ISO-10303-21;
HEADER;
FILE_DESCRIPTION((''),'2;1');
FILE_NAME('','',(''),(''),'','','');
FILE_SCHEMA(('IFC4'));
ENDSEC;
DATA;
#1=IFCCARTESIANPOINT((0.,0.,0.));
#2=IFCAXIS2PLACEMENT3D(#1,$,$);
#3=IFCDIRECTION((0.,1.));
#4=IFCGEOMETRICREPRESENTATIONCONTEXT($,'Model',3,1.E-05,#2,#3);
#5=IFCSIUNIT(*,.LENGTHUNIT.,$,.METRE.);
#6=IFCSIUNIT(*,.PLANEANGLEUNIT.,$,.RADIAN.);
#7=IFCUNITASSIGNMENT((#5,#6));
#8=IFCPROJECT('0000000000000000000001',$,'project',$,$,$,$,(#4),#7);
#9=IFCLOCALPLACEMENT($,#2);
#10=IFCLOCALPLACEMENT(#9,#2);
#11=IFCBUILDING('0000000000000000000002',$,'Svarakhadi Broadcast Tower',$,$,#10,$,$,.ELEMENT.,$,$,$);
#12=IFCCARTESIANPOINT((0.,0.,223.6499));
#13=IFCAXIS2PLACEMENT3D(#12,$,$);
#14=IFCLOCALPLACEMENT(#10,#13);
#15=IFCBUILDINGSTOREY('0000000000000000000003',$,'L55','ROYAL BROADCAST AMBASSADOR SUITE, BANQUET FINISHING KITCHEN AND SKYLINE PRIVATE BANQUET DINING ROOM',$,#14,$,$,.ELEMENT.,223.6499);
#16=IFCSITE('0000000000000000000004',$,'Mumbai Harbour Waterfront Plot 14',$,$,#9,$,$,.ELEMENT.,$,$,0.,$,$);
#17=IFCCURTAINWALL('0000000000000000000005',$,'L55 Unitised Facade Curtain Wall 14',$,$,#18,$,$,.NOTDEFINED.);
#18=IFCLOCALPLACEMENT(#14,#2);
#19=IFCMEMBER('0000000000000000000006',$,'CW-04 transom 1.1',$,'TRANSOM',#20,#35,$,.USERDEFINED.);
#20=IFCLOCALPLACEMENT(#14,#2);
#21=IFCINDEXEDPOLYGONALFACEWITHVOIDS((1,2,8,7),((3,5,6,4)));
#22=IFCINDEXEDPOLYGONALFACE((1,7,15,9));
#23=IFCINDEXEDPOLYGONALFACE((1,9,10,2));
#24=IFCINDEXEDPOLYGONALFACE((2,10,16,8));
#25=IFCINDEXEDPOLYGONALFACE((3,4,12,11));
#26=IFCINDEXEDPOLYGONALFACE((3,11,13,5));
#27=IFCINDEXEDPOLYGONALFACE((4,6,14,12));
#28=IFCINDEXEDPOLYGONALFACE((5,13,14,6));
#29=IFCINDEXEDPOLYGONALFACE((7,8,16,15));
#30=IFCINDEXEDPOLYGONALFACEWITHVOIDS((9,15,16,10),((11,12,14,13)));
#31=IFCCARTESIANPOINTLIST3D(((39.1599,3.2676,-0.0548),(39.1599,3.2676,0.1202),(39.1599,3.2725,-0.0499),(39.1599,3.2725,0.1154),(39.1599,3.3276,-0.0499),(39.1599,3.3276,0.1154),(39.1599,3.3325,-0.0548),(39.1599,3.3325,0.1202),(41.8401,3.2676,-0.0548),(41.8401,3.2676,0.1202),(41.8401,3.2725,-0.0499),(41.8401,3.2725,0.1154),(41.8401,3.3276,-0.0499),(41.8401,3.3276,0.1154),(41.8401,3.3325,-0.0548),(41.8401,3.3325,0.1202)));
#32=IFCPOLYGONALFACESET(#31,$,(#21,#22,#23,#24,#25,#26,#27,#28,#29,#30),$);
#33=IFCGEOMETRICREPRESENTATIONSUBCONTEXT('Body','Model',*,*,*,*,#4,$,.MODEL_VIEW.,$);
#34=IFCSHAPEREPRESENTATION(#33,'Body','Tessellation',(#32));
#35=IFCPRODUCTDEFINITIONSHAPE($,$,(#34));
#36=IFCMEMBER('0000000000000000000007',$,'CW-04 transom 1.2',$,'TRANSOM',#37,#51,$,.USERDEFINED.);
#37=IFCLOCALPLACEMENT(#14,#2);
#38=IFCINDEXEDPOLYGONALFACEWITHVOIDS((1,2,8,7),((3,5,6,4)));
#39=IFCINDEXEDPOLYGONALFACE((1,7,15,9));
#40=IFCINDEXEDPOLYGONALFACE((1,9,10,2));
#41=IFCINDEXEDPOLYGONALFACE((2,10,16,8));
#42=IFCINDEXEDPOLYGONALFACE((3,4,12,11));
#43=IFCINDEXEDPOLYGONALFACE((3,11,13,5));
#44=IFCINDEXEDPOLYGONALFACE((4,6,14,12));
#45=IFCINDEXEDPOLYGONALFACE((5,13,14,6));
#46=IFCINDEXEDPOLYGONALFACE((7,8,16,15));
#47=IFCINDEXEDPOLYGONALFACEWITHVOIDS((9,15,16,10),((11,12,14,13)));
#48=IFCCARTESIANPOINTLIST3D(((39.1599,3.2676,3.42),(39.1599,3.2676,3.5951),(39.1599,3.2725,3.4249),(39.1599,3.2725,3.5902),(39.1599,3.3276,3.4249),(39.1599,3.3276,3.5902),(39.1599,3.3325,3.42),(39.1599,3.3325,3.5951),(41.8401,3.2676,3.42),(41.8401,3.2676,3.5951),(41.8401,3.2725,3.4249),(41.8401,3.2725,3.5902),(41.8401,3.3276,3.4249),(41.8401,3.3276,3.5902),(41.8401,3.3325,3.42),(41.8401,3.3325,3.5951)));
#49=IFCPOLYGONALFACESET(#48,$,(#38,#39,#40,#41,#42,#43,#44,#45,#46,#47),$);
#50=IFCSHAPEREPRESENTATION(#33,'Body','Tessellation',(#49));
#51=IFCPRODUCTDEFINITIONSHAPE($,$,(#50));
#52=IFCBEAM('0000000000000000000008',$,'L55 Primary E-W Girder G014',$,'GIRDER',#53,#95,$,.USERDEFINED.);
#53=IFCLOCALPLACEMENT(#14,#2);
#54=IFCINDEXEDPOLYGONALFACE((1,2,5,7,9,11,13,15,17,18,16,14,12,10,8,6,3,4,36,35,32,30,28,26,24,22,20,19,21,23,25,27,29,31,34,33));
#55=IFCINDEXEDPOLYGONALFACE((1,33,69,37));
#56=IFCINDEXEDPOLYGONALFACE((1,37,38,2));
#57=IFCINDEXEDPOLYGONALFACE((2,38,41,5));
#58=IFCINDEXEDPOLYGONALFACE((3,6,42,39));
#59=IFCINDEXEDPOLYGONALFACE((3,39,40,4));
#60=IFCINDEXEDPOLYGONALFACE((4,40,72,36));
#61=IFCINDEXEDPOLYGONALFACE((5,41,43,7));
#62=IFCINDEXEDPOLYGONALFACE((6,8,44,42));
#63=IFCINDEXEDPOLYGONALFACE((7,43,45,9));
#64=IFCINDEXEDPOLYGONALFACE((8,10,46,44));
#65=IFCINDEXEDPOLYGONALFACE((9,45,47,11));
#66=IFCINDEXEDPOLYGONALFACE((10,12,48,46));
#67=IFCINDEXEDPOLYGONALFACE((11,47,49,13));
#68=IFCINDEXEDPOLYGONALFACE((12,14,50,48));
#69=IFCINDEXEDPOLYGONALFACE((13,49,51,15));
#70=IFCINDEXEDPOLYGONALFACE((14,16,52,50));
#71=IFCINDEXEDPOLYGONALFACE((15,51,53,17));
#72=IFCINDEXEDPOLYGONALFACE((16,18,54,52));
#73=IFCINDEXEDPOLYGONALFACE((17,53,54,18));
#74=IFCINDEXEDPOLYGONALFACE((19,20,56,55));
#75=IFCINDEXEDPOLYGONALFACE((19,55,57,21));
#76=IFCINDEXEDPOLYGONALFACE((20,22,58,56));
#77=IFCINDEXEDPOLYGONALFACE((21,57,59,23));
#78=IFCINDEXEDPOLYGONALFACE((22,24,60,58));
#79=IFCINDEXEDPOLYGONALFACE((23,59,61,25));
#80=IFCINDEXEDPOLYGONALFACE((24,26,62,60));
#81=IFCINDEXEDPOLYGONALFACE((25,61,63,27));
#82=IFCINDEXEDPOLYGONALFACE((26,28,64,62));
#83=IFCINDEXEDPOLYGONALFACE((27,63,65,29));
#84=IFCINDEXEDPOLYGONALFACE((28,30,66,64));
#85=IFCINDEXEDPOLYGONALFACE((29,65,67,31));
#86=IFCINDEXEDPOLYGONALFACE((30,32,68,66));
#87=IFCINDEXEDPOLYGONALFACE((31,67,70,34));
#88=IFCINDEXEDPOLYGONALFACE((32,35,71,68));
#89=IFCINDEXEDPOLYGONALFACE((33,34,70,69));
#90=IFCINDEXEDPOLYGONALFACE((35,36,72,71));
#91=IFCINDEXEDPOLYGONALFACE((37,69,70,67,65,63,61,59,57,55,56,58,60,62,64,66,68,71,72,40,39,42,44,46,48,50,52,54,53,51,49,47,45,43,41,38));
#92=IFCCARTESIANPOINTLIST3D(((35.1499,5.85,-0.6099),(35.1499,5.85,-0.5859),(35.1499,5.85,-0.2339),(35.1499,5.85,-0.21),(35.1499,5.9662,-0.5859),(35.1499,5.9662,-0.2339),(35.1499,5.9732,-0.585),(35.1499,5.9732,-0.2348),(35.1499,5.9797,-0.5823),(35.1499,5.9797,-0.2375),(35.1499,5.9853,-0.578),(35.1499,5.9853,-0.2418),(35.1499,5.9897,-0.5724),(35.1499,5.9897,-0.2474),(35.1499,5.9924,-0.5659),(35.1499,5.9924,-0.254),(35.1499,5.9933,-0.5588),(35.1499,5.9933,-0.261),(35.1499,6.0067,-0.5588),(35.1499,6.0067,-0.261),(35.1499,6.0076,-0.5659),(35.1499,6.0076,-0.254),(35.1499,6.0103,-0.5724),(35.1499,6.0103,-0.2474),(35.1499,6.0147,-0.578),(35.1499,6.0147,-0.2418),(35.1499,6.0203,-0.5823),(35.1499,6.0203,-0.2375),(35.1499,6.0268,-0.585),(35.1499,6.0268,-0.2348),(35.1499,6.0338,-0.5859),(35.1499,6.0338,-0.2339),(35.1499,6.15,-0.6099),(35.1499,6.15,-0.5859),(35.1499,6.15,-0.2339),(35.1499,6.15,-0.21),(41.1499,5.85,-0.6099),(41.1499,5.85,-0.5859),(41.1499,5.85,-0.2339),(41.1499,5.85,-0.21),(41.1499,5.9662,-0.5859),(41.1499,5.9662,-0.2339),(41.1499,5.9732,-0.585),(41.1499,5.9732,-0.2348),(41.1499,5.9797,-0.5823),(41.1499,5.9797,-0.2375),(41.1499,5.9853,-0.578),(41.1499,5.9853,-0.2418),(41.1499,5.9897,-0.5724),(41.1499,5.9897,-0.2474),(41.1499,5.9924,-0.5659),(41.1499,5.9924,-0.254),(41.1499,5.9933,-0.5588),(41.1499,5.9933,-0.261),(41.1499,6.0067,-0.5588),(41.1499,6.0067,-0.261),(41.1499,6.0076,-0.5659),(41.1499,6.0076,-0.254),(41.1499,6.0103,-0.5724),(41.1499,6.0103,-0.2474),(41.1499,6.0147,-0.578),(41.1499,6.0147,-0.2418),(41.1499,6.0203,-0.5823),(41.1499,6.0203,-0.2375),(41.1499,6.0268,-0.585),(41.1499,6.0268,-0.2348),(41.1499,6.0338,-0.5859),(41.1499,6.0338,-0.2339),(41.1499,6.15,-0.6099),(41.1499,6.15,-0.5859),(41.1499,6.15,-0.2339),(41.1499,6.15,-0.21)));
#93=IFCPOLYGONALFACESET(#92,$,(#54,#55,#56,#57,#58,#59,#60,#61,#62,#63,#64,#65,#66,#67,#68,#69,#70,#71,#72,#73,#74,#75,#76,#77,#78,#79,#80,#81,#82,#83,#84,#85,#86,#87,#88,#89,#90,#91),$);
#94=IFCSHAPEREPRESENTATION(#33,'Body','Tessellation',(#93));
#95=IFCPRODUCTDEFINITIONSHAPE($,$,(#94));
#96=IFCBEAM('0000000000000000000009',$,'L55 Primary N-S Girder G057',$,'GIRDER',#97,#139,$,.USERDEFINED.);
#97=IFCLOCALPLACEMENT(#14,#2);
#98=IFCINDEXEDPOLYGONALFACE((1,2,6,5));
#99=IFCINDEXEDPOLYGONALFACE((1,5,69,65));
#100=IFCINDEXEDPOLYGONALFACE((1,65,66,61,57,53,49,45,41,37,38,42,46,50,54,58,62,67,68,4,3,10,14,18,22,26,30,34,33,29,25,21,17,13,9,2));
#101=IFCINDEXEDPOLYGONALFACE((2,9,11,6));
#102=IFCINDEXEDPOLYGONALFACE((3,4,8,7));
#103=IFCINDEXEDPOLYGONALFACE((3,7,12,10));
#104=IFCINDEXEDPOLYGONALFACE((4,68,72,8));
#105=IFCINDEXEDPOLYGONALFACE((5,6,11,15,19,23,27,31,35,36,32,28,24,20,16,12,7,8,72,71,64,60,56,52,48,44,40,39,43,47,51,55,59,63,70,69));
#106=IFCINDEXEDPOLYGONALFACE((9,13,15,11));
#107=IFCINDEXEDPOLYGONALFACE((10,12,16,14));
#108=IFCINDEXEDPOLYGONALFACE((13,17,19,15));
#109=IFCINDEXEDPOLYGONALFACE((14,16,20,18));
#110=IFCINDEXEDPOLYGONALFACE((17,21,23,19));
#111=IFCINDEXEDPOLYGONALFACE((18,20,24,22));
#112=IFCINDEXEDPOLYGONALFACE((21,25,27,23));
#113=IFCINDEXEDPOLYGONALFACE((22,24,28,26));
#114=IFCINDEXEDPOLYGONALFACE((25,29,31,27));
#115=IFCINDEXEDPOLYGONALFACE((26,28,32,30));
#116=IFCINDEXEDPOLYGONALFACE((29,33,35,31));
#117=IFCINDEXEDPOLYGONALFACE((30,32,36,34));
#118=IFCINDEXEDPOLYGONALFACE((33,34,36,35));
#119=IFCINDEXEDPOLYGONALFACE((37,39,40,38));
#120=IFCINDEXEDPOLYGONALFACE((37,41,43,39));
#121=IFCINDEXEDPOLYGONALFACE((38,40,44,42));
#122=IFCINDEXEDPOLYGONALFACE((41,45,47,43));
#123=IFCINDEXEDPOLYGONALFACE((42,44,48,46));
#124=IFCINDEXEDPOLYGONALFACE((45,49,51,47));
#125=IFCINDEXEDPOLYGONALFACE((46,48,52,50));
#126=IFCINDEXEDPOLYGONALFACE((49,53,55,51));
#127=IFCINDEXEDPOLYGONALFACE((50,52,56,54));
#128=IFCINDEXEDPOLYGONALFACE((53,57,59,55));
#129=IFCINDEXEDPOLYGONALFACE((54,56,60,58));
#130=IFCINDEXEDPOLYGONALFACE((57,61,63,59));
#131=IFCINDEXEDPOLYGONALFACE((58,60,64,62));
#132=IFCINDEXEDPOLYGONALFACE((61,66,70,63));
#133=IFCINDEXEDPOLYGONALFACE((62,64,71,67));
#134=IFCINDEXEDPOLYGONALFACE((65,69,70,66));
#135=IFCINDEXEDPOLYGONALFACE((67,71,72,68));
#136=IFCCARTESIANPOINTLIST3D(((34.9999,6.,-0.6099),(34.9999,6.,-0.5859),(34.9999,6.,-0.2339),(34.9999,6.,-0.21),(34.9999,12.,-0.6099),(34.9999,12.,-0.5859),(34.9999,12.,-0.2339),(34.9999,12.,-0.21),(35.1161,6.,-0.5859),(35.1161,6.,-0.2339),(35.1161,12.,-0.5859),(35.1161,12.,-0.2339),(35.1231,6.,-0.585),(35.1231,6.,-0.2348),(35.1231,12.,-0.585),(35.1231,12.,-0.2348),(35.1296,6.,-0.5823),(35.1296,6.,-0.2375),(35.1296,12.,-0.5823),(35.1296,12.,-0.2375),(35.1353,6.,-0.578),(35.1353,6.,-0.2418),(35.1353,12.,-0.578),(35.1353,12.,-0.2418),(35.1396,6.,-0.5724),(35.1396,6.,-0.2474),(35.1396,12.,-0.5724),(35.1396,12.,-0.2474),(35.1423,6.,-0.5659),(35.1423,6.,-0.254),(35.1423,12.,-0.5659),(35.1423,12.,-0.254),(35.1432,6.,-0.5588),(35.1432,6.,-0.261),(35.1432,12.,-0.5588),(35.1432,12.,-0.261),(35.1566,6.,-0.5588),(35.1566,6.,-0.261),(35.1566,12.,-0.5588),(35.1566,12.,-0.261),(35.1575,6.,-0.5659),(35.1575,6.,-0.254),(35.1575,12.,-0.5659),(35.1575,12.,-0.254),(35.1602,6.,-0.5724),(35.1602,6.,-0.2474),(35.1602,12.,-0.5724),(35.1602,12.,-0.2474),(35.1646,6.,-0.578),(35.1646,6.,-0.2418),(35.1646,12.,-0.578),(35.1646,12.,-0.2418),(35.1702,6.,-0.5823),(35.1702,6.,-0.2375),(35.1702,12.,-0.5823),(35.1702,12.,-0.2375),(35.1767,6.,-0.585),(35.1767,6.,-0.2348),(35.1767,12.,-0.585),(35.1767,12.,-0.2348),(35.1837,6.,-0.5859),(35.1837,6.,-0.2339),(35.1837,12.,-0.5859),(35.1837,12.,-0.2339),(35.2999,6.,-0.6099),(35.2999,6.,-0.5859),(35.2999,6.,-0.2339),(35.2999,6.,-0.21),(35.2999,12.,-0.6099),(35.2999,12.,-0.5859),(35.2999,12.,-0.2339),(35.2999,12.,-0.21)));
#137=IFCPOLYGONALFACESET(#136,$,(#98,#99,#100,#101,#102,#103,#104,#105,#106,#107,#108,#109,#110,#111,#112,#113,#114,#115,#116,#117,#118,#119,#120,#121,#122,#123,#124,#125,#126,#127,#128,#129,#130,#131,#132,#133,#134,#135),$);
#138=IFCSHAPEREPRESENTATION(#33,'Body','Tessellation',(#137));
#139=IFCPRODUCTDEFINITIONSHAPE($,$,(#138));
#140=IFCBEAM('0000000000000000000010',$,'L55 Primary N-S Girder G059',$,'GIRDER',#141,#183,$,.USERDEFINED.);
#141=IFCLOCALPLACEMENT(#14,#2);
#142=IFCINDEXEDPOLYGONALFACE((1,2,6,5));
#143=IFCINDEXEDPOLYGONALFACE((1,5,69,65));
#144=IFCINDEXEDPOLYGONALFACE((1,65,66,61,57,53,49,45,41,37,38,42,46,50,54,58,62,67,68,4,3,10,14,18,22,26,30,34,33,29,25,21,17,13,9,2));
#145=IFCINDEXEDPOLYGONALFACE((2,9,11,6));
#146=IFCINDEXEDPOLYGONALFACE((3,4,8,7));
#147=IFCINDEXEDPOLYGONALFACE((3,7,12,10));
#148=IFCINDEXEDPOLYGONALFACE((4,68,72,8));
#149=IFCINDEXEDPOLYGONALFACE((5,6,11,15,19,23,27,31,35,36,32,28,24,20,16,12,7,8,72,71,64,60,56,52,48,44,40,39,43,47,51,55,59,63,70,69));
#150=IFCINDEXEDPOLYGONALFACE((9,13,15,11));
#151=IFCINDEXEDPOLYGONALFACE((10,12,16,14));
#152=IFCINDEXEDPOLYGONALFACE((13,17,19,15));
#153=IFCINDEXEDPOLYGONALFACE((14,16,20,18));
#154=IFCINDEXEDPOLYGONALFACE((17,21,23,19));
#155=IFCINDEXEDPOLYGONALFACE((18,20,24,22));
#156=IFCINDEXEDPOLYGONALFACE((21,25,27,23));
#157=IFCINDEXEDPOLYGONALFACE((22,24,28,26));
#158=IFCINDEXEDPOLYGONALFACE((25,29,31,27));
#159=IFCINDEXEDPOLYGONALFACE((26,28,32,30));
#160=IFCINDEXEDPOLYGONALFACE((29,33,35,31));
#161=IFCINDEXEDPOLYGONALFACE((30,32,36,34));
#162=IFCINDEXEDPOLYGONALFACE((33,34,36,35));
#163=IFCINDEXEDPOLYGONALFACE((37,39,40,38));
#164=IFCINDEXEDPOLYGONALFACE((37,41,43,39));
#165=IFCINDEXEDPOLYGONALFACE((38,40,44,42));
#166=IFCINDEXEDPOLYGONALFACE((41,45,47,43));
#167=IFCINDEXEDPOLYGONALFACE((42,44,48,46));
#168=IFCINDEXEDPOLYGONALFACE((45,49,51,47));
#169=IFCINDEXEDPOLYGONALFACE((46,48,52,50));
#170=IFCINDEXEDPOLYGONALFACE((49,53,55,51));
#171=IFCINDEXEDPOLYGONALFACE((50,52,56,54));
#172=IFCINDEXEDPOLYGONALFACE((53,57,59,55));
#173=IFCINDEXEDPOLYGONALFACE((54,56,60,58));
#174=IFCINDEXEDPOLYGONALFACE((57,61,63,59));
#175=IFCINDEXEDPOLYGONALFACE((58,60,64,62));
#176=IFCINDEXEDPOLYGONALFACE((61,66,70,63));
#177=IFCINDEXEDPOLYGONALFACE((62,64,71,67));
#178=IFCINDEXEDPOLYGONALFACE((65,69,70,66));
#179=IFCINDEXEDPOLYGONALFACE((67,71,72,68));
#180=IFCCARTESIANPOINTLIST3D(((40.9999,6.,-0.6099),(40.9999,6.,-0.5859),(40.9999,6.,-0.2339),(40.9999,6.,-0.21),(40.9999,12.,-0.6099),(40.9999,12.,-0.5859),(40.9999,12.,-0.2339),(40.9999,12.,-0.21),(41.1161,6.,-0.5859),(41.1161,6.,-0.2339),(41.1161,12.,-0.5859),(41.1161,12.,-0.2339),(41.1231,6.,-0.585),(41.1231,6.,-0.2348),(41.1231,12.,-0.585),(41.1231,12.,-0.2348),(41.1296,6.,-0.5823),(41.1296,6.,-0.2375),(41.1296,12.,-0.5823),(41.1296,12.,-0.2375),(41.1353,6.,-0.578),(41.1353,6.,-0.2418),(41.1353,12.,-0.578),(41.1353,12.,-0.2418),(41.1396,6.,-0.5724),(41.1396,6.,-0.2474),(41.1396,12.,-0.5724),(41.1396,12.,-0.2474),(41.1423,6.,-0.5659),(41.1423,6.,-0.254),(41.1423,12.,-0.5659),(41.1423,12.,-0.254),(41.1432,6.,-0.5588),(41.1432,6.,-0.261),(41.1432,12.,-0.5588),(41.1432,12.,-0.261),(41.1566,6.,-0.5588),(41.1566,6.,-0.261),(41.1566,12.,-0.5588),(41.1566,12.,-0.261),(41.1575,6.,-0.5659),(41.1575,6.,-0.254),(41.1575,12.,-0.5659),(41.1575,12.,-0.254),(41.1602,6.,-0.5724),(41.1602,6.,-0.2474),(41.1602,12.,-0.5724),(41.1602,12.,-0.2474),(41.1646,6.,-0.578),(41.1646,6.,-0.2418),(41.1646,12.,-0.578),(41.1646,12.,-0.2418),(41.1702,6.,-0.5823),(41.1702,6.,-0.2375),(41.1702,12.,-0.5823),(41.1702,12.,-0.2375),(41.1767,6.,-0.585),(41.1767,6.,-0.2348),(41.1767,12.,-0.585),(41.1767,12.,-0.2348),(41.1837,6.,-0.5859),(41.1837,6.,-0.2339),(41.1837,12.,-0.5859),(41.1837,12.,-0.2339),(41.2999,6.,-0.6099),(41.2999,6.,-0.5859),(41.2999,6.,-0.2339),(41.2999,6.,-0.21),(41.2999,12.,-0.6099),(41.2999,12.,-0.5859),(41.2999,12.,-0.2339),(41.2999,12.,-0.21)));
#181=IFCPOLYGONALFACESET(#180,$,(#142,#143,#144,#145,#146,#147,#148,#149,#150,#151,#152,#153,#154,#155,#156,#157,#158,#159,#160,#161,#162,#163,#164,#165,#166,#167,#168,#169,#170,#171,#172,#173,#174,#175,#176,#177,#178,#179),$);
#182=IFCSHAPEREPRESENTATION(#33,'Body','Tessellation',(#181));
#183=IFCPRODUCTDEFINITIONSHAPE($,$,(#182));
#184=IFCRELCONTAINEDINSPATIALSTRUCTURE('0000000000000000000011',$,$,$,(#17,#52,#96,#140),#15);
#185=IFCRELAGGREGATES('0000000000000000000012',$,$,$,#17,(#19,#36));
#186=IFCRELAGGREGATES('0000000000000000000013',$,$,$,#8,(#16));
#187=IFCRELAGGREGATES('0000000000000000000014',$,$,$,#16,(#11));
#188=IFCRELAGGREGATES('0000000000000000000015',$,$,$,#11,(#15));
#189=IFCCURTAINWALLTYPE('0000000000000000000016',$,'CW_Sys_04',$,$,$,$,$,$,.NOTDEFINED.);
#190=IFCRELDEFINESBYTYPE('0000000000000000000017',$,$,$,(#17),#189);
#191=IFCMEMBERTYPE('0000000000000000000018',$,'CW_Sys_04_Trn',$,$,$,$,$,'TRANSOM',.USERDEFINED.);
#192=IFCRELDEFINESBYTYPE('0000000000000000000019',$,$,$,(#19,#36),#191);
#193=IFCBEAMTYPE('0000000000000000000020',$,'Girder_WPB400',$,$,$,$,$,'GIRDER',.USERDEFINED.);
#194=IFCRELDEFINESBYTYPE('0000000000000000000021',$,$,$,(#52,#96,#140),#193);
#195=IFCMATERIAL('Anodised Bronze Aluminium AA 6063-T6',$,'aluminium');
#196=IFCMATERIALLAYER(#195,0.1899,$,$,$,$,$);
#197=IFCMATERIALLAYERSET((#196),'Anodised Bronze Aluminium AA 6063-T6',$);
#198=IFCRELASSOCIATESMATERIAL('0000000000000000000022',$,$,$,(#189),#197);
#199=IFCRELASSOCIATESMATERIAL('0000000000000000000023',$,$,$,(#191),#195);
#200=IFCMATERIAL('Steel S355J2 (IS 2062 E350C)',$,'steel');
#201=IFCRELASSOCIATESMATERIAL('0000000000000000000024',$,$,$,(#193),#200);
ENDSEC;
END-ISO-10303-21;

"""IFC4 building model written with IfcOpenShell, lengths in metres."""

from ifc_helpers import new_model, si_unit, direction, frame, origin, origin_2d, place, context, subcontext, project, spatial, hollow_rectangle, i_section, extrude, material, layer, layer_set, material_profile, profile_set, type_object, element, aggregate, save


model = new_model("IFC4")

# Units and contexts
model_context = context("Model", 3, precision=1e-05, world=origin(), true_north=direction((0.0, 1.0)))
body_context = subcontext(model_context, "Body", "Model", "MODEL_VIEW")
ifc_project = project(units=[si_unit("LENGTHUNIT", "METRE"), si_unit("PLANEANGLEUNIT", "RADIAN")], contexts=[model_context])

# Site, building, storey
site_placement = place(None, origin())
site = spatial("IfcSite", under=ifc_project, at=site_placement, Name="Mumbai Harbour Waterfront Plot 14", CompositionType="ELEMENT", RefElevation=0.0)
building_placement = place(site_placement, origin())
building = spatial("IfcBuilding", under=site, at=building_placement, Name="Svarakhadi Broadcast Tower", CompositionType="ELEMENT")
storey_placement = place(building_placement, frame((0.0, 0.0, 223.6499)))
storey = spatial("IfcBuildingStorey", under=building, at=storey_placement, Name="L55", Description="ROYAL BROADCAST AMBASSADOR SUITE, BANQUET FINISHING KITCHEN AND SKYLINE PRIVATE BANQUET DINING ROOM", CompositionType="ELEMENT", Elevation=223.6499)

# Shared definitions
ifc_material_1 = material(Name="Steel S355J2 (IS 2062 E350C)", Category="steel")

# Curtain wall, members
ifc_material_2 = material(Name="Anodised Bronze Aluminium AA 6063-T6", Category="aluminium")
ifc_layer_1 = layer(ifc_material_2, 0.1899)
ifc_layer_set_1 = layer_set([ifc_layer_1], Name="Anodised Bronze Aluminium AA 6063-T6")
curtain_wall_type = type_object("IfcCurtainWallType", Name="CW_Sys_04", PredefinedType="NOTDEFINED", material=ifc_layer_set_1)
curtain_wall_placement = place(storey_placement, origin())
curtain_wall = element("IfcCurtainWall", 1, at=curtain_wall_placement, inside=storey, type_object=curtain_wall_type, Name="L55 Unitised Facade Curtain Wall 14", PredefinedType="NOTDEFINED")
ifc_material_profile_1 = material_profile(ifc_material_2, hollow_rectangle(XDim=0.0649, YDim=0.175, WallThickness=0.0049, at=origin_2d()), Name="ALU TRANSOM 175x65x5")
ifc_profile_set_1 = profile_set([ifc_material_profile_1], Name="Anodised Bronze Aluminium AA 6063-T6")
member_type_1 = type_object("IfcMemberType", Name="CW_Sys_04_Trn", ElementType="TRANSOM", PredefinedType="USERDEFINED", material=ifc_profile_set_1)
member_1_placement = place(storey_placement, frame((41.8401, 3.3, 0.0327), z_axis=(-1.0, 0.0, 0.0), x_axis=(0.0, -1.0, 0.0)))
member_1 = element("IfcMember", 2, at=member_1_placement, type_object=member_type_1, Name="CW-04 transom 1.1", ObjectType="TRANSOM", PredefinedType="USERDEFINED", context=body_context, shape_type="SweptSolid", body=[
    extrude(hollow_rectangle(XDim=0.0649, YDim=0.175, WallThickness=0.0049, at=origin_2d()), origin(), (0.0, 0.0, 1.0), 2.6802),
])
member_2_placement = place(storey_placement, frame((41.8401, 3.3, 3.5076), z_axis=(-1.0, 0.0, 0.0), x_axis=(0.0, -1.0, 0.0)))
member_2 = element("IfcMember", 3, at=member_2_placement, type_object=member_type_1, Name="CW-04 transom 1.2", ObjectType="TRANSOM", PredefinedType="USERDEFINED", context=body_context, shape_type="SweptSolid", body=[
    extrude(hollow_rectangle(XDim=0.0649, YDim=0.175, WallThickness=0.0049, at=origin_2d()), origin(), (0.0, 0.0, 1.0), 2.6802),
])

# Beams
ifc_material_profile_2 = material_profile(ifc_material_1, i_section(OverallWidth=0.3, OverallDepth=0.3999, WebThickness=0.0134, FlangeThickness=0.0239, FilletRadius=0.0271, at=origin_2d()), Name="WPB 400x300x155")
ifc_profile_set_2 = profile_set([ifc_material_profile_2], Name="Steel S355J2 (IS 2062 E350C)")
beam_type_1 = type_object("IfcBeamType", Name="Girder_WPB400", ElementType="GIRDER", PredefinedType="USERDEFINED", material=ifc_profile_set_2)
for number, where, z_axis, x_axis, name in (
    (4, (35.1499, 6.0, -0.4099), (1.0, 0.0, 0.0), (0.0, 1.0, 0.0), "L55 Primary E-W Girder G014"),
    (5, (35.1499, 6.0, -0.4099), (0.0, 1.0, 0.0), (-1.0, 0.0, 0.0), "L55 Primary N-S Girder G057"),
    (6, (41.1499, 6.0, -0.4099), (0.0, 1.0, 0.0), (-1.0, 0.0, 0.0), "L55 Primary N-S Girder G059"),
):
    element("IfcBeam", number, at=place(storey_placement, frame(where, z_axis=z_axis, x_axis=x_axis)), inside=storey, type_object=beam_type_1, Name=name, ObjectType="GIRDER", PredefinedType="USERDEFINED", context=body_context, shape_type="SweptSolid", body=[
        extrude(i_section(OverallWidth=0.3, OverallDepth=0.3999, WebThickness=0.0134, FlangeThickness=0.0239, FilletRadius=0.0271, at=origin_2d()), origin(), (0.0, 0.0, 1.0), 6.0),
    ])

aggregate(curtain_wall, [member_1, member_2])

save(model, "model.ifc")
